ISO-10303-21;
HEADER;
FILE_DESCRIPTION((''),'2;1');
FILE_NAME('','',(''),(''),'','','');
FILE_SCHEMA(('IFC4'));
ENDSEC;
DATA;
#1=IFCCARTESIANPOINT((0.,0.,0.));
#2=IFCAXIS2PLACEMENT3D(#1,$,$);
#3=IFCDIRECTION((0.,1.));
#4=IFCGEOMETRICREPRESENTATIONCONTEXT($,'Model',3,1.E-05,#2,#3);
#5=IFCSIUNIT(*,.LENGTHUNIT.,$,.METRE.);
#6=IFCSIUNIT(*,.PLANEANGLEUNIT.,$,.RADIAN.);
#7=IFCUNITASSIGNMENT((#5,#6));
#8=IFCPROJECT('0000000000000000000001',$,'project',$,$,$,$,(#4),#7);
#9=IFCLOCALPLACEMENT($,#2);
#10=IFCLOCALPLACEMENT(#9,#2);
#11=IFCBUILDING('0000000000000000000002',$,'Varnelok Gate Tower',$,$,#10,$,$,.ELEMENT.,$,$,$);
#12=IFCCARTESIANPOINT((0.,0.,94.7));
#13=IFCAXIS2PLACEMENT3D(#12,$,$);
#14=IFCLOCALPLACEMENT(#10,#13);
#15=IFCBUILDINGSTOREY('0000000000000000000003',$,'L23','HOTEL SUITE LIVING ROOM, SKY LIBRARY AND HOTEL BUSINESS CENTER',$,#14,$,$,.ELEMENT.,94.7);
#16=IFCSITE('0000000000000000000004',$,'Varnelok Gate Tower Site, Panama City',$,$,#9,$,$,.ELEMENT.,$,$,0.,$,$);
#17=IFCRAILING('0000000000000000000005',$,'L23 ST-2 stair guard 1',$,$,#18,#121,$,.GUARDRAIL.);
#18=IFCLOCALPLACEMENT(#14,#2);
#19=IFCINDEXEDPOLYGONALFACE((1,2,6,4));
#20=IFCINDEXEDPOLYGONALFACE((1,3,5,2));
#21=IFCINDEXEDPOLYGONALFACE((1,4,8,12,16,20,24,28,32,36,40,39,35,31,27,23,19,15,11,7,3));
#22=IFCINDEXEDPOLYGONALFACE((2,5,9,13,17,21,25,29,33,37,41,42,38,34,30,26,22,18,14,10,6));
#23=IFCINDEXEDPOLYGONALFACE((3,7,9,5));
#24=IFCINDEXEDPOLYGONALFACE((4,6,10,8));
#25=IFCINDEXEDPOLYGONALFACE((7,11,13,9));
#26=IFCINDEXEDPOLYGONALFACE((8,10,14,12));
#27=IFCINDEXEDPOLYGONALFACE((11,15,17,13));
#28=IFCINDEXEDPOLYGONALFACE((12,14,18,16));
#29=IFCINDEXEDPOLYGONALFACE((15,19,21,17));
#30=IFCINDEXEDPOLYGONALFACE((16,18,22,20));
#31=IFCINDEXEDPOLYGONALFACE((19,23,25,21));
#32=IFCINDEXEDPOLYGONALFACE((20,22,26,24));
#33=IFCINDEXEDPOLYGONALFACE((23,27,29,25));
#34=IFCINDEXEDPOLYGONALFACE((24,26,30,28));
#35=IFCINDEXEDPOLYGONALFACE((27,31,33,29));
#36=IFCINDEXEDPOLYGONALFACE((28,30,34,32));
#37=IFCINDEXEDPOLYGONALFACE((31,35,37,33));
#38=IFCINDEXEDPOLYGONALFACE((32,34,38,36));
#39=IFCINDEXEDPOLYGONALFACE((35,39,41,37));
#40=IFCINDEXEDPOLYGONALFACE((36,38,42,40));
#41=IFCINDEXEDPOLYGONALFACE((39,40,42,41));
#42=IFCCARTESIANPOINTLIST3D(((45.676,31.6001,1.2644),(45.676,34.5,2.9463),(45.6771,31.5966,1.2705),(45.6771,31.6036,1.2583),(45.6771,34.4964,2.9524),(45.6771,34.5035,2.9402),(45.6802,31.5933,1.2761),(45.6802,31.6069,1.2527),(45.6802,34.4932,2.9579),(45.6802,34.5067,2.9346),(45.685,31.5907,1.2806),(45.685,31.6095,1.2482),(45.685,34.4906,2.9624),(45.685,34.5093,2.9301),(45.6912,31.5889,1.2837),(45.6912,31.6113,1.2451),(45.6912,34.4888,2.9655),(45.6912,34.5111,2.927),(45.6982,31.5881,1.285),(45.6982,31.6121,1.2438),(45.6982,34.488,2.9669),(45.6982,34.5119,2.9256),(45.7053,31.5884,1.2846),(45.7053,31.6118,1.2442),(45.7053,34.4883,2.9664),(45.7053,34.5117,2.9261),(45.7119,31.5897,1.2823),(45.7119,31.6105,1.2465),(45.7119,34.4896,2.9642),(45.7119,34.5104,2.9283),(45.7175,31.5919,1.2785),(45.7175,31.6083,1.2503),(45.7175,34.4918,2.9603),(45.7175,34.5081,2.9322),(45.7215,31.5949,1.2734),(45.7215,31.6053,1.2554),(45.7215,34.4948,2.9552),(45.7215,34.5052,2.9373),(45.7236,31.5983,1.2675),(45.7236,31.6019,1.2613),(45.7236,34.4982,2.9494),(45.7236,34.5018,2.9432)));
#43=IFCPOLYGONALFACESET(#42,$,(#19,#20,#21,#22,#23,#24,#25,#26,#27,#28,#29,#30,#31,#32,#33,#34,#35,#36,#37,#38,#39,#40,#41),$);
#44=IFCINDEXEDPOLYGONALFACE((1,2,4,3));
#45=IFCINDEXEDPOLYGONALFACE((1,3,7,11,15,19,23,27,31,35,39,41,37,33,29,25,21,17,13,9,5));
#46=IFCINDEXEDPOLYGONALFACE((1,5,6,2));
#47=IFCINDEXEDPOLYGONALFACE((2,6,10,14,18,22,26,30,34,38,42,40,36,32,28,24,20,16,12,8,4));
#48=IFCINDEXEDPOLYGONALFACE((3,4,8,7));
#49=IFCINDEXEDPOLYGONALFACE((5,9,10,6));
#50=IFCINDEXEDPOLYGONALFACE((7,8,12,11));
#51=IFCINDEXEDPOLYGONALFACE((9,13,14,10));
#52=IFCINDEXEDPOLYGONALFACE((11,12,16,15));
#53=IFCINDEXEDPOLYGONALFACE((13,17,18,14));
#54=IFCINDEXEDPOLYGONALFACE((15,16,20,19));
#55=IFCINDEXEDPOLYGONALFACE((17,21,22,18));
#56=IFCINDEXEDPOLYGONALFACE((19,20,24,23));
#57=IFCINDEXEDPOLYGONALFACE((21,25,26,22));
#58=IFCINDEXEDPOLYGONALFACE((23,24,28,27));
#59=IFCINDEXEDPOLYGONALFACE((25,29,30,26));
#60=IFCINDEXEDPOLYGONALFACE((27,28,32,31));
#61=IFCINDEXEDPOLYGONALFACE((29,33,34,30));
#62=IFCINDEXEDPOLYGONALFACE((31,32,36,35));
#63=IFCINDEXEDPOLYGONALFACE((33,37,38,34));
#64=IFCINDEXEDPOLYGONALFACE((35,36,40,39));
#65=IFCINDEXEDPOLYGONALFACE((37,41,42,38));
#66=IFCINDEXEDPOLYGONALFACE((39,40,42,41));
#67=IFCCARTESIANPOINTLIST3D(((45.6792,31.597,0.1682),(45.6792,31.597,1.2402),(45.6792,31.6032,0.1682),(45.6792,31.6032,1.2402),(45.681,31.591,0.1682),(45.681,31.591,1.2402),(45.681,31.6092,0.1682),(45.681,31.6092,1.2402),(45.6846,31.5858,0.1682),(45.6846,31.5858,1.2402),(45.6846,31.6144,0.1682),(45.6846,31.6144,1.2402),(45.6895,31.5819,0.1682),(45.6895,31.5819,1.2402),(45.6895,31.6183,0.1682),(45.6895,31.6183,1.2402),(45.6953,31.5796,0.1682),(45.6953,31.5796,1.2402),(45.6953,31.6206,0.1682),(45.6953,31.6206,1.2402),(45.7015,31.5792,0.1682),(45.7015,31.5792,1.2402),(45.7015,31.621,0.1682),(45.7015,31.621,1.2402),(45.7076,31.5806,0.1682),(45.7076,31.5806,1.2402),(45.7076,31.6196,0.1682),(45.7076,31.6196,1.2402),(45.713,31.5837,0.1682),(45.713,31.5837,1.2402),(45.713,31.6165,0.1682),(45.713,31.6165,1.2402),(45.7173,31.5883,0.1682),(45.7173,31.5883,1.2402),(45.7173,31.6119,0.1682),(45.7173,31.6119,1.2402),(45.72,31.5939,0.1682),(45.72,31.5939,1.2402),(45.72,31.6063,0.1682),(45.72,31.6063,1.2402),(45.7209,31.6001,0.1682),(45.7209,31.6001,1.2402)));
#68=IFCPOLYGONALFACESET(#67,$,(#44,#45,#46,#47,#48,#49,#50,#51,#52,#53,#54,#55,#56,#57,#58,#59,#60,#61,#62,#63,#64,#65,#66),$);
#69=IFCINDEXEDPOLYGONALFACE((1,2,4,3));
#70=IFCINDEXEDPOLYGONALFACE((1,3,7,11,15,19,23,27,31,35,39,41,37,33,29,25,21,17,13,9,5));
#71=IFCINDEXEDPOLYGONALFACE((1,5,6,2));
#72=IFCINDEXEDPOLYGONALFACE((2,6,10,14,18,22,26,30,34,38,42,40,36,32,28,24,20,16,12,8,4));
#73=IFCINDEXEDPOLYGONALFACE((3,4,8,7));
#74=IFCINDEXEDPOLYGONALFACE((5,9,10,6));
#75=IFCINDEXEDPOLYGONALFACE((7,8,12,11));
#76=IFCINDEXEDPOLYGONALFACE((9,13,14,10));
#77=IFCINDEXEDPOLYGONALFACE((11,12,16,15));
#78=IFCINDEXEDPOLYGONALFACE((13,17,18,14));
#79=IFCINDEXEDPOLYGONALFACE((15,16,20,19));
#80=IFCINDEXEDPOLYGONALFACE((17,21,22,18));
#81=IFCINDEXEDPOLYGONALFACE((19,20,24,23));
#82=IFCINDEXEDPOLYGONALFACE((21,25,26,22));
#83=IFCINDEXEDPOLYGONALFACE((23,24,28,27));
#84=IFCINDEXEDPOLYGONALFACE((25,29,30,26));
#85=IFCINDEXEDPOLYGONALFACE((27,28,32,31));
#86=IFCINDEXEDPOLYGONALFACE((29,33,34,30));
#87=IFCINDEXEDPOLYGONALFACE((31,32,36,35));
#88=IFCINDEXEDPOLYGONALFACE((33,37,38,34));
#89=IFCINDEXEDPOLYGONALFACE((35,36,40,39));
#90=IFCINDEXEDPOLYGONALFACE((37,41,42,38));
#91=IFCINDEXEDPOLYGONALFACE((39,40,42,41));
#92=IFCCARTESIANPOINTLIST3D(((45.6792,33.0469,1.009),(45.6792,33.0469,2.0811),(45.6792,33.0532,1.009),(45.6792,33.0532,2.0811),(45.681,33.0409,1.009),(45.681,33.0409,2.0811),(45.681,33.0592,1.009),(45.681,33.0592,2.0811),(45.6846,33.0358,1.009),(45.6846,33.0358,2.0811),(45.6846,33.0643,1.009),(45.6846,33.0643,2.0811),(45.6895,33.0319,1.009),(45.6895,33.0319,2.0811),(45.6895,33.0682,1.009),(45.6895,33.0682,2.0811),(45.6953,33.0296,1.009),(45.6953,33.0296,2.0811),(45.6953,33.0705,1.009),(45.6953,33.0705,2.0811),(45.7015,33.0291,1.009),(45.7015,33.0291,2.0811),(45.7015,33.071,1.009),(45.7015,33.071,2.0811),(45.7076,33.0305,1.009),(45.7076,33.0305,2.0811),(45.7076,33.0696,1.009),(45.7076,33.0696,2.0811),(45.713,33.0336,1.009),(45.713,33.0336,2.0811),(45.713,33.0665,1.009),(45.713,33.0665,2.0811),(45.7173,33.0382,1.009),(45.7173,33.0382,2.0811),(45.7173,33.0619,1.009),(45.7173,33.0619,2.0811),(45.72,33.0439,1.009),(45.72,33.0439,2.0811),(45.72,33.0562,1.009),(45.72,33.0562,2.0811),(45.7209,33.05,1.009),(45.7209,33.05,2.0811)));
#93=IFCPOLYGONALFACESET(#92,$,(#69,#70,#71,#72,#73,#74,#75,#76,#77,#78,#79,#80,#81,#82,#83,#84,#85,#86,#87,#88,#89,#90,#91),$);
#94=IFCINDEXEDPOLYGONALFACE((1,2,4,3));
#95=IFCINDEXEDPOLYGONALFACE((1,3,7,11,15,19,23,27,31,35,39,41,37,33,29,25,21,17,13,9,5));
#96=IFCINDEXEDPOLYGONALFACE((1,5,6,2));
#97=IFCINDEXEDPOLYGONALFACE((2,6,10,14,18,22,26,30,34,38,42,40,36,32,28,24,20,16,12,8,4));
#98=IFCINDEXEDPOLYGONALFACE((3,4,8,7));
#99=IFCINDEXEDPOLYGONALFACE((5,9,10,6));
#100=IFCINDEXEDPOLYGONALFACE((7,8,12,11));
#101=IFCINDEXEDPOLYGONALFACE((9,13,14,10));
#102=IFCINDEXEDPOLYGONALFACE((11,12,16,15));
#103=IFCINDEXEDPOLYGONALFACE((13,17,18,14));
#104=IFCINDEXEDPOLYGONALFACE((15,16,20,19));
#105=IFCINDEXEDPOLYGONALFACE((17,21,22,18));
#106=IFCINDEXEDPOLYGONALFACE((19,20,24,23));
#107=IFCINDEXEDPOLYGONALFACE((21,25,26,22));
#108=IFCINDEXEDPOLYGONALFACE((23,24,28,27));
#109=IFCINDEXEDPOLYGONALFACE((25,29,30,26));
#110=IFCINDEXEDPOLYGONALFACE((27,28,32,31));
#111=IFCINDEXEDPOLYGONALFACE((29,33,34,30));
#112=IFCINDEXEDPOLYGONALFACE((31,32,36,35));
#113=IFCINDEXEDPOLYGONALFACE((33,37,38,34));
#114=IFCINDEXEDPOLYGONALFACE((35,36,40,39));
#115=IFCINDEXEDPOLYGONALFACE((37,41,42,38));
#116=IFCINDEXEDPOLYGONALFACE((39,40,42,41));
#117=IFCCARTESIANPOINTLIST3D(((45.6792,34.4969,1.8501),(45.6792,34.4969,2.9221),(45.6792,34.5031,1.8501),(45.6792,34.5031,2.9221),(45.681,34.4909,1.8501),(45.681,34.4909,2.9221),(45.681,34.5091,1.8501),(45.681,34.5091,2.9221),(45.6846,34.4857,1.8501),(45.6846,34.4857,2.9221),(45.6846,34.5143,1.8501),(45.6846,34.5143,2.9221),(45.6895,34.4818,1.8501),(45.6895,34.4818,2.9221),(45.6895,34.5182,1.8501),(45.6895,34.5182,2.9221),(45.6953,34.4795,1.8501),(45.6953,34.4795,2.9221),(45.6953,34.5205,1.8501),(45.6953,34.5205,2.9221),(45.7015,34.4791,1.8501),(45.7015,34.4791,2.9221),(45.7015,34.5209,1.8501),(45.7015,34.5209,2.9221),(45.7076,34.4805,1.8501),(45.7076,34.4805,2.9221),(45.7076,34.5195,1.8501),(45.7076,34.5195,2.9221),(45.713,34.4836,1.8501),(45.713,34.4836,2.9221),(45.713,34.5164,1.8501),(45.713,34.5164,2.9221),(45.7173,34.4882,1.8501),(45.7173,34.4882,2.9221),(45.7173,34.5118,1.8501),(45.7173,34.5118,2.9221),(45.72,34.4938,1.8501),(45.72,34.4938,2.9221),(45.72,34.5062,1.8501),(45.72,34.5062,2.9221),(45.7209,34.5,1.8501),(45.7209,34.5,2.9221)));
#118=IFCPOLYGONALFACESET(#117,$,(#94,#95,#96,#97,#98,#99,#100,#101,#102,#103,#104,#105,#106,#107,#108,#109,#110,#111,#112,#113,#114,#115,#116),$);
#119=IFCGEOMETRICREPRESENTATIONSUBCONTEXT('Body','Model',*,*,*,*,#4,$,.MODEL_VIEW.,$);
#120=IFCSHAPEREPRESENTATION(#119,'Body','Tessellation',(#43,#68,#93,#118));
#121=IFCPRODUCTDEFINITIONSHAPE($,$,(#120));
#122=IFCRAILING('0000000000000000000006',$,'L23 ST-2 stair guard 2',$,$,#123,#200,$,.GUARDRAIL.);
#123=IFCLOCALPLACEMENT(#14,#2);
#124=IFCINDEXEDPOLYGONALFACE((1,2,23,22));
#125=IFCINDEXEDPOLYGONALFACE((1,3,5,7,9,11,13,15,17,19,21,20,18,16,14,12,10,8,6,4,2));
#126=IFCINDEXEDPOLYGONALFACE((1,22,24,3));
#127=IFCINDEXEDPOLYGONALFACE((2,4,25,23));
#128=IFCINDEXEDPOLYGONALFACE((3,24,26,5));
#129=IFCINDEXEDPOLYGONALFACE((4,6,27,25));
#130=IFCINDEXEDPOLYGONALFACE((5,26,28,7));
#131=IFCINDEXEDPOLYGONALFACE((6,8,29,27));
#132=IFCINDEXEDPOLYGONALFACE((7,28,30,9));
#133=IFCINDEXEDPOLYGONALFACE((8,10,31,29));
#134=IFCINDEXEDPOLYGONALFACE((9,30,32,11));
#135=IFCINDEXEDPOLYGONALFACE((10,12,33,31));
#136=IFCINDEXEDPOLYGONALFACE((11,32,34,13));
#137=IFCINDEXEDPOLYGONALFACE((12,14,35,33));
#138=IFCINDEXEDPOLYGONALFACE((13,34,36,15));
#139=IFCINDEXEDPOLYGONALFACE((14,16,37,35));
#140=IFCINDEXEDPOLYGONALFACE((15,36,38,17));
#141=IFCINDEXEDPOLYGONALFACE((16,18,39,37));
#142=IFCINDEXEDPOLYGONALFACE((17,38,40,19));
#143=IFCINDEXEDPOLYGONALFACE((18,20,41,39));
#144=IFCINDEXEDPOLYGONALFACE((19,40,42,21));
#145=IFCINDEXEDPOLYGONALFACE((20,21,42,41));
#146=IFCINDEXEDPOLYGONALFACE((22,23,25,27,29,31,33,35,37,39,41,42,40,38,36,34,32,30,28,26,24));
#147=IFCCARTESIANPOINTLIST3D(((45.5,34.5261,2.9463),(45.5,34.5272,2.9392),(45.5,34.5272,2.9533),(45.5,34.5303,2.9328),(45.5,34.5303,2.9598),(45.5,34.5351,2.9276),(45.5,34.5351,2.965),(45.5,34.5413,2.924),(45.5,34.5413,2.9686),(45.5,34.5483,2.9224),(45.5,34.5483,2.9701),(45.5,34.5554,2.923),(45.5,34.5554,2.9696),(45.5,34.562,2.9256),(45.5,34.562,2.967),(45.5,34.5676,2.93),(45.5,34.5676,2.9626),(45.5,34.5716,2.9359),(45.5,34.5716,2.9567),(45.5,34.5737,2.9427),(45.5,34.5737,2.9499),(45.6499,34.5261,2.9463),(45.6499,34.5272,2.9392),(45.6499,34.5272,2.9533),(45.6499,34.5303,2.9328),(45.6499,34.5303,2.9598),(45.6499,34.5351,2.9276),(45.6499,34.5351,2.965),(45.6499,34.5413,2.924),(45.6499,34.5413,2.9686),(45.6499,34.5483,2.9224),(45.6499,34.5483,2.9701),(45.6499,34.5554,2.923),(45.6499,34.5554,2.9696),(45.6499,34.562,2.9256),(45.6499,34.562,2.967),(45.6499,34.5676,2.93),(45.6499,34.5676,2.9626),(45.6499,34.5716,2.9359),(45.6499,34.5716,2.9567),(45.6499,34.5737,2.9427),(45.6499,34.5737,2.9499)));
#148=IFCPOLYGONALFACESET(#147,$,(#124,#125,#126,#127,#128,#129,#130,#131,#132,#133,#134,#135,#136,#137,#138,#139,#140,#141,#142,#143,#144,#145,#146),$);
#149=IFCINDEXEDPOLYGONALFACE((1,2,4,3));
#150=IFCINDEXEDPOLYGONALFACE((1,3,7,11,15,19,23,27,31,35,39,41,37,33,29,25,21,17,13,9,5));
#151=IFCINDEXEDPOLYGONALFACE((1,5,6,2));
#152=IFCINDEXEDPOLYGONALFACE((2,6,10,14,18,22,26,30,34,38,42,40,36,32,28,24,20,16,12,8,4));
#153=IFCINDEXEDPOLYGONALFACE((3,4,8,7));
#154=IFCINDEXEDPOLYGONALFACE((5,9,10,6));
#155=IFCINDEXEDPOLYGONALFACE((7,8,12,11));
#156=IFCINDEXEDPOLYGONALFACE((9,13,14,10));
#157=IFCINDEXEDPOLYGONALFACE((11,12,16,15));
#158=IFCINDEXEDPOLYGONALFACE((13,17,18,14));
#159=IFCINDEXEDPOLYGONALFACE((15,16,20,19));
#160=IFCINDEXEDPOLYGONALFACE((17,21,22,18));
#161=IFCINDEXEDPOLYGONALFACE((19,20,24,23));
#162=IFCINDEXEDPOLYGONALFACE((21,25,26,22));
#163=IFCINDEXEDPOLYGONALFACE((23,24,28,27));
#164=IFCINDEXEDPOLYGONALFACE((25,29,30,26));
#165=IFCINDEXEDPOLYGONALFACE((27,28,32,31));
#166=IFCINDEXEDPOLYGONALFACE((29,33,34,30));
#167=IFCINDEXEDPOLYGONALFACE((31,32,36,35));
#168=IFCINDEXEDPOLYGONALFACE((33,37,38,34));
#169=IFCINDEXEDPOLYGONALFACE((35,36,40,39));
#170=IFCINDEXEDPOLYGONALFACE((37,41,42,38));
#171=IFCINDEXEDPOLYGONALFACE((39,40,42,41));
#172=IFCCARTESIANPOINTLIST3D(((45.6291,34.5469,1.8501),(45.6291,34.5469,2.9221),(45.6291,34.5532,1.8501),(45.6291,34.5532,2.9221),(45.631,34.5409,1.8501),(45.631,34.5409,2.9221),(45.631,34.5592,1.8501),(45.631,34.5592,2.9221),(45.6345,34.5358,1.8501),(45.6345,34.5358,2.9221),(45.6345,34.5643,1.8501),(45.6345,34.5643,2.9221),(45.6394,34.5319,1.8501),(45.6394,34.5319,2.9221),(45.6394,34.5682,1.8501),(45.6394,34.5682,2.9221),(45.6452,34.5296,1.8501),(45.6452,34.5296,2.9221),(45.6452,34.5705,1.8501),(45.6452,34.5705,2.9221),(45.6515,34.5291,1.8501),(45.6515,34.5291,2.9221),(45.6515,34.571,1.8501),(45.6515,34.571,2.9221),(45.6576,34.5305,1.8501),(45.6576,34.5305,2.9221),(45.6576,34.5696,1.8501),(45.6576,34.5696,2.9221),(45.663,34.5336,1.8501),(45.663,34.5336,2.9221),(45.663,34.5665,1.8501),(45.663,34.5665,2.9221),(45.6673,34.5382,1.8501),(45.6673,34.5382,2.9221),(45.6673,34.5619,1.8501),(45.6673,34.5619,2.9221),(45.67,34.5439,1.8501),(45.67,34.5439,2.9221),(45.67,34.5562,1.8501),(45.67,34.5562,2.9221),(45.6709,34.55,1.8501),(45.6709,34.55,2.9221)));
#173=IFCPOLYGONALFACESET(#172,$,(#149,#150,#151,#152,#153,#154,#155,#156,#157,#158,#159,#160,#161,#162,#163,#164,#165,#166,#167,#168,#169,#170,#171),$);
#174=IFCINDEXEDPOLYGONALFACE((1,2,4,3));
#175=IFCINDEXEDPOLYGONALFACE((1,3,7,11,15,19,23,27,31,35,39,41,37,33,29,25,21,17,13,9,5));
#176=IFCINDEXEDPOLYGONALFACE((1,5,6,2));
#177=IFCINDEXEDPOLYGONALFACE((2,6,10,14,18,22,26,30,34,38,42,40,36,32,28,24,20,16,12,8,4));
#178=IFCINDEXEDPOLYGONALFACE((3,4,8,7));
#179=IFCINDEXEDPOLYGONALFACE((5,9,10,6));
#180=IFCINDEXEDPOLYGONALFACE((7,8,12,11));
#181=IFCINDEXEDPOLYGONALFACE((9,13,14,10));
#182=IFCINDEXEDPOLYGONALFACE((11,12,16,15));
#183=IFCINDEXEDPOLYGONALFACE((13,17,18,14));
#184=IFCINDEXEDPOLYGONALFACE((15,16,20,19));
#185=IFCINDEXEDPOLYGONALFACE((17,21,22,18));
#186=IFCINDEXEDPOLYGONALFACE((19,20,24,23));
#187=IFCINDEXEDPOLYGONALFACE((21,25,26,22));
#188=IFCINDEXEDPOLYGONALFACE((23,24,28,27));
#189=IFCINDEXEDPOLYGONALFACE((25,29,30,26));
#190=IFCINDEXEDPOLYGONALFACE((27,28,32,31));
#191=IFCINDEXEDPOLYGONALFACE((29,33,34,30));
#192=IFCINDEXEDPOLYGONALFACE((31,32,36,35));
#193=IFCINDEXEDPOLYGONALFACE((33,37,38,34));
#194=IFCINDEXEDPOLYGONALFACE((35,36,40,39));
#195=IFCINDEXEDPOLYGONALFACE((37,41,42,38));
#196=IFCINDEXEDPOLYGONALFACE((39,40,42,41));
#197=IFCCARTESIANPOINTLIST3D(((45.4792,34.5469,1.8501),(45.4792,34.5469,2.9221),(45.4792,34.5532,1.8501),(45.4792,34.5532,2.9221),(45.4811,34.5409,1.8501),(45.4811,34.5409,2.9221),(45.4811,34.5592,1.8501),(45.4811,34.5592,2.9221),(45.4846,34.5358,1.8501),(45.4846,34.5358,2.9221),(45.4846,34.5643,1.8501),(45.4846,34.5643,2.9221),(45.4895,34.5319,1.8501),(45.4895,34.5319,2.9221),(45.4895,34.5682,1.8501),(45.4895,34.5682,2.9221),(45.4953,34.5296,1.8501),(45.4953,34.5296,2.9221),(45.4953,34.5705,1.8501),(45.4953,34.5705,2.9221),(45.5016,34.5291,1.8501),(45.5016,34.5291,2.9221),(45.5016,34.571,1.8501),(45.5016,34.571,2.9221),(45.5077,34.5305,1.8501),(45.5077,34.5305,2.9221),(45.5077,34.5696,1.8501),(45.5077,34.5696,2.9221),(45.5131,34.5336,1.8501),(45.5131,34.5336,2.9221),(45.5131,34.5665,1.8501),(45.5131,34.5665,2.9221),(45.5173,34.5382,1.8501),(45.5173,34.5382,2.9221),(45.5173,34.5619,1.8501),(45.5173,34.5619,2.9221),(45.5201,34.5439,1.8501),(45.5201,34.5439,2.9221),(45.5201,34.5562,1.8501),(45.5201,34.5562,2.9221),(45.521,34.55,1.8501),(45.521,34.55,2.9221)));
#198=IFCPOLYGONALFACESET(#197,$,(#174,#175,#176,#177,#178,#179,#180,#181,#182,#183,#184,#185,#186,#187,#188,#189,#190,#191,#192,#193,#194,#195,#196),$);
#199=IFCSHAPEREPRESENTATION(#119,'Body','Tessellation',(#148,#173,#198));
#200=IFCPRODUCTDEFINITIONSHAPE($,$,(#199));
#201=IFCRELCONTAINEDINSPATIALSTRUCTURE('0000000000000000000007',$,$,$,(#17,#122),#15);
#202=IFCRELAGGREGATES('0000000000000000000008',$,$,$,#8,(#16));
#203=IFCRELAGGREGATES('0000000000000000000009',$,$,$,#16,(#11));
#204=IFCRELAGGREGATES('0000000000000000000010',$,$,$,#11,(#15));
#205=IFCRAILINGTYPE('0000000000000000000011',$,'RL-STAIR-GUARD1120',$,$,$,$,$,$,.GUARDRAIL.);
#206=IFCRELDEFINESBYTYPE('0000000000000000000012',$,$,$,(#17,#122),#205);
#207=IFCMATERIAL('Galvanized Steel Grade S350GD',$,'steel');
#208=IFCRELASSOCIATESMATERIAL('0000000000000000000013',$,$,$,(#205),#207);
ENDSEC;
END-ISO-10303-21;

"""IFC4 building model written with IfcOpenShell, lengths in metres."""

from ifc_helpers import new_model, si_unit, direction, frame, origin, origin_2d, place, context, subcontext, project, spatial, circle, extrude, material, type_object, element, save


model = new_model("IFC4")

# Units and contexts
model_context = context("Model", 3, precision=1e-05, world=origin(), true_north=direction((0.0, 1.0)))
body_context = subcontext(model_context, "Body", "Model", "MODEL_VIEW")
ifc_project = project(units=[si_unit("LENGTHUNIT", "METRE"), si_unit("PLANEANGLEUNIT", "RADIAN")], contexts=[model_context])

# Site, building, storey
site_placement = place(None, origin())
site = spatial("IfcSite", under=ifc_project, at=site_placement, Name="Varnelok Gate Tower Site, Panama City", CompositionType="ELEMENT", RefElevation=0.0)
building_placement = place(site_placement, origin())
building = spatial("IfcBuilding", under=site, at=building_placement, Name="Varnelok Gate Tower", CompositionType="ELEMENT")
storey_placement = place(building_placement, frame((0.0, 0.0, 94.7)))
storey = spatial("IfcBuildingStorey", under=building, at=storey_placement, Name="L23", Description="HOTEL SUITE LIVING ROOM, SKY LIBRARY AND HOTEL BUSINESS CENTER", CompositionType="ELEMENT", Elevation=94.7)

# Shared definitions
ifc_material_1 = material(Name="Galvanized Steel Grade S350GD", Category="steel")

# Railings
railing_type_1 = type_object("IfcRailingType", Name="RL-STAIR-GUARD1120", PredefinedType="GUARDRAIL", material=ifc_material_1)
railing_1_placement = place(storey_placement, frame((45.7, 31.6001, 0.1682)))
element("IfcRailing", 1, at=railing_1_placement, inside=storey, type_object=railing_type_1, Name="L23 ST-2 stair guard 1", PredefinedType="GUARDRAIL", context=body_context, shape_type="SweptSolid", body=[
    extrude(circle(Radius=0.0239, at=origin_2d()), frame((0.0, 0.0, 1.0962), z_axis=(0.0, 0.865039, 0.501705), x_axis=(-1.0, 0.0, 0.0)), (0.0, 0.0, 1.0), 3.3523),
    extrude(circle(Radius=0.021, at=origin_2d()), origin(), (0.0, 0.0, 1.0), 1.072),
    extrude(circle(Radius=0.021, at=origin_2d()), frame((0.0, 1.45, 0.8408)), (0.0, 0.0, 1.0), 1.072),
    extrude(circle(Radius=0.021, at=origin_2d()), frame((0.0, 2.8999, 1.6819)), (0.0, 0.0, 1.0), 1.072),
])
railing_2_placement = place(storey_placement, frame((45.6499, 34.55, 1.8501)))
element("IfcRailing", 2, at=railing_2_placement, inside=storey, type_object=railing_type_1, Name="L23 ST-2 stair guard 2", PredefinedType="GUARDRAIL", context=body_context, shape_type="SweptSolid", body=[
    extrude(circle(Radius=0.0239, at=origin_2d()), frame((0.0, 0.0, 1.0962), z_axis=(-1.0, 0.0, 0.0), x_axis=(0.0, -1.0, 0.0)), (0.0, 0.0, 1.0), 0.1499),
    extrude(circle(Radius=0.021, at=origin_2d()), origin(), (0.0, 0.0, 1.0), 1.072),
    extrude(circle(Radius=0.021, at=origin_2d()), frame((-0.1499, 0.0, 0.0)), (0.0, 0.0, 1.0), 1.072),
])

save(model, "model.ifc")
